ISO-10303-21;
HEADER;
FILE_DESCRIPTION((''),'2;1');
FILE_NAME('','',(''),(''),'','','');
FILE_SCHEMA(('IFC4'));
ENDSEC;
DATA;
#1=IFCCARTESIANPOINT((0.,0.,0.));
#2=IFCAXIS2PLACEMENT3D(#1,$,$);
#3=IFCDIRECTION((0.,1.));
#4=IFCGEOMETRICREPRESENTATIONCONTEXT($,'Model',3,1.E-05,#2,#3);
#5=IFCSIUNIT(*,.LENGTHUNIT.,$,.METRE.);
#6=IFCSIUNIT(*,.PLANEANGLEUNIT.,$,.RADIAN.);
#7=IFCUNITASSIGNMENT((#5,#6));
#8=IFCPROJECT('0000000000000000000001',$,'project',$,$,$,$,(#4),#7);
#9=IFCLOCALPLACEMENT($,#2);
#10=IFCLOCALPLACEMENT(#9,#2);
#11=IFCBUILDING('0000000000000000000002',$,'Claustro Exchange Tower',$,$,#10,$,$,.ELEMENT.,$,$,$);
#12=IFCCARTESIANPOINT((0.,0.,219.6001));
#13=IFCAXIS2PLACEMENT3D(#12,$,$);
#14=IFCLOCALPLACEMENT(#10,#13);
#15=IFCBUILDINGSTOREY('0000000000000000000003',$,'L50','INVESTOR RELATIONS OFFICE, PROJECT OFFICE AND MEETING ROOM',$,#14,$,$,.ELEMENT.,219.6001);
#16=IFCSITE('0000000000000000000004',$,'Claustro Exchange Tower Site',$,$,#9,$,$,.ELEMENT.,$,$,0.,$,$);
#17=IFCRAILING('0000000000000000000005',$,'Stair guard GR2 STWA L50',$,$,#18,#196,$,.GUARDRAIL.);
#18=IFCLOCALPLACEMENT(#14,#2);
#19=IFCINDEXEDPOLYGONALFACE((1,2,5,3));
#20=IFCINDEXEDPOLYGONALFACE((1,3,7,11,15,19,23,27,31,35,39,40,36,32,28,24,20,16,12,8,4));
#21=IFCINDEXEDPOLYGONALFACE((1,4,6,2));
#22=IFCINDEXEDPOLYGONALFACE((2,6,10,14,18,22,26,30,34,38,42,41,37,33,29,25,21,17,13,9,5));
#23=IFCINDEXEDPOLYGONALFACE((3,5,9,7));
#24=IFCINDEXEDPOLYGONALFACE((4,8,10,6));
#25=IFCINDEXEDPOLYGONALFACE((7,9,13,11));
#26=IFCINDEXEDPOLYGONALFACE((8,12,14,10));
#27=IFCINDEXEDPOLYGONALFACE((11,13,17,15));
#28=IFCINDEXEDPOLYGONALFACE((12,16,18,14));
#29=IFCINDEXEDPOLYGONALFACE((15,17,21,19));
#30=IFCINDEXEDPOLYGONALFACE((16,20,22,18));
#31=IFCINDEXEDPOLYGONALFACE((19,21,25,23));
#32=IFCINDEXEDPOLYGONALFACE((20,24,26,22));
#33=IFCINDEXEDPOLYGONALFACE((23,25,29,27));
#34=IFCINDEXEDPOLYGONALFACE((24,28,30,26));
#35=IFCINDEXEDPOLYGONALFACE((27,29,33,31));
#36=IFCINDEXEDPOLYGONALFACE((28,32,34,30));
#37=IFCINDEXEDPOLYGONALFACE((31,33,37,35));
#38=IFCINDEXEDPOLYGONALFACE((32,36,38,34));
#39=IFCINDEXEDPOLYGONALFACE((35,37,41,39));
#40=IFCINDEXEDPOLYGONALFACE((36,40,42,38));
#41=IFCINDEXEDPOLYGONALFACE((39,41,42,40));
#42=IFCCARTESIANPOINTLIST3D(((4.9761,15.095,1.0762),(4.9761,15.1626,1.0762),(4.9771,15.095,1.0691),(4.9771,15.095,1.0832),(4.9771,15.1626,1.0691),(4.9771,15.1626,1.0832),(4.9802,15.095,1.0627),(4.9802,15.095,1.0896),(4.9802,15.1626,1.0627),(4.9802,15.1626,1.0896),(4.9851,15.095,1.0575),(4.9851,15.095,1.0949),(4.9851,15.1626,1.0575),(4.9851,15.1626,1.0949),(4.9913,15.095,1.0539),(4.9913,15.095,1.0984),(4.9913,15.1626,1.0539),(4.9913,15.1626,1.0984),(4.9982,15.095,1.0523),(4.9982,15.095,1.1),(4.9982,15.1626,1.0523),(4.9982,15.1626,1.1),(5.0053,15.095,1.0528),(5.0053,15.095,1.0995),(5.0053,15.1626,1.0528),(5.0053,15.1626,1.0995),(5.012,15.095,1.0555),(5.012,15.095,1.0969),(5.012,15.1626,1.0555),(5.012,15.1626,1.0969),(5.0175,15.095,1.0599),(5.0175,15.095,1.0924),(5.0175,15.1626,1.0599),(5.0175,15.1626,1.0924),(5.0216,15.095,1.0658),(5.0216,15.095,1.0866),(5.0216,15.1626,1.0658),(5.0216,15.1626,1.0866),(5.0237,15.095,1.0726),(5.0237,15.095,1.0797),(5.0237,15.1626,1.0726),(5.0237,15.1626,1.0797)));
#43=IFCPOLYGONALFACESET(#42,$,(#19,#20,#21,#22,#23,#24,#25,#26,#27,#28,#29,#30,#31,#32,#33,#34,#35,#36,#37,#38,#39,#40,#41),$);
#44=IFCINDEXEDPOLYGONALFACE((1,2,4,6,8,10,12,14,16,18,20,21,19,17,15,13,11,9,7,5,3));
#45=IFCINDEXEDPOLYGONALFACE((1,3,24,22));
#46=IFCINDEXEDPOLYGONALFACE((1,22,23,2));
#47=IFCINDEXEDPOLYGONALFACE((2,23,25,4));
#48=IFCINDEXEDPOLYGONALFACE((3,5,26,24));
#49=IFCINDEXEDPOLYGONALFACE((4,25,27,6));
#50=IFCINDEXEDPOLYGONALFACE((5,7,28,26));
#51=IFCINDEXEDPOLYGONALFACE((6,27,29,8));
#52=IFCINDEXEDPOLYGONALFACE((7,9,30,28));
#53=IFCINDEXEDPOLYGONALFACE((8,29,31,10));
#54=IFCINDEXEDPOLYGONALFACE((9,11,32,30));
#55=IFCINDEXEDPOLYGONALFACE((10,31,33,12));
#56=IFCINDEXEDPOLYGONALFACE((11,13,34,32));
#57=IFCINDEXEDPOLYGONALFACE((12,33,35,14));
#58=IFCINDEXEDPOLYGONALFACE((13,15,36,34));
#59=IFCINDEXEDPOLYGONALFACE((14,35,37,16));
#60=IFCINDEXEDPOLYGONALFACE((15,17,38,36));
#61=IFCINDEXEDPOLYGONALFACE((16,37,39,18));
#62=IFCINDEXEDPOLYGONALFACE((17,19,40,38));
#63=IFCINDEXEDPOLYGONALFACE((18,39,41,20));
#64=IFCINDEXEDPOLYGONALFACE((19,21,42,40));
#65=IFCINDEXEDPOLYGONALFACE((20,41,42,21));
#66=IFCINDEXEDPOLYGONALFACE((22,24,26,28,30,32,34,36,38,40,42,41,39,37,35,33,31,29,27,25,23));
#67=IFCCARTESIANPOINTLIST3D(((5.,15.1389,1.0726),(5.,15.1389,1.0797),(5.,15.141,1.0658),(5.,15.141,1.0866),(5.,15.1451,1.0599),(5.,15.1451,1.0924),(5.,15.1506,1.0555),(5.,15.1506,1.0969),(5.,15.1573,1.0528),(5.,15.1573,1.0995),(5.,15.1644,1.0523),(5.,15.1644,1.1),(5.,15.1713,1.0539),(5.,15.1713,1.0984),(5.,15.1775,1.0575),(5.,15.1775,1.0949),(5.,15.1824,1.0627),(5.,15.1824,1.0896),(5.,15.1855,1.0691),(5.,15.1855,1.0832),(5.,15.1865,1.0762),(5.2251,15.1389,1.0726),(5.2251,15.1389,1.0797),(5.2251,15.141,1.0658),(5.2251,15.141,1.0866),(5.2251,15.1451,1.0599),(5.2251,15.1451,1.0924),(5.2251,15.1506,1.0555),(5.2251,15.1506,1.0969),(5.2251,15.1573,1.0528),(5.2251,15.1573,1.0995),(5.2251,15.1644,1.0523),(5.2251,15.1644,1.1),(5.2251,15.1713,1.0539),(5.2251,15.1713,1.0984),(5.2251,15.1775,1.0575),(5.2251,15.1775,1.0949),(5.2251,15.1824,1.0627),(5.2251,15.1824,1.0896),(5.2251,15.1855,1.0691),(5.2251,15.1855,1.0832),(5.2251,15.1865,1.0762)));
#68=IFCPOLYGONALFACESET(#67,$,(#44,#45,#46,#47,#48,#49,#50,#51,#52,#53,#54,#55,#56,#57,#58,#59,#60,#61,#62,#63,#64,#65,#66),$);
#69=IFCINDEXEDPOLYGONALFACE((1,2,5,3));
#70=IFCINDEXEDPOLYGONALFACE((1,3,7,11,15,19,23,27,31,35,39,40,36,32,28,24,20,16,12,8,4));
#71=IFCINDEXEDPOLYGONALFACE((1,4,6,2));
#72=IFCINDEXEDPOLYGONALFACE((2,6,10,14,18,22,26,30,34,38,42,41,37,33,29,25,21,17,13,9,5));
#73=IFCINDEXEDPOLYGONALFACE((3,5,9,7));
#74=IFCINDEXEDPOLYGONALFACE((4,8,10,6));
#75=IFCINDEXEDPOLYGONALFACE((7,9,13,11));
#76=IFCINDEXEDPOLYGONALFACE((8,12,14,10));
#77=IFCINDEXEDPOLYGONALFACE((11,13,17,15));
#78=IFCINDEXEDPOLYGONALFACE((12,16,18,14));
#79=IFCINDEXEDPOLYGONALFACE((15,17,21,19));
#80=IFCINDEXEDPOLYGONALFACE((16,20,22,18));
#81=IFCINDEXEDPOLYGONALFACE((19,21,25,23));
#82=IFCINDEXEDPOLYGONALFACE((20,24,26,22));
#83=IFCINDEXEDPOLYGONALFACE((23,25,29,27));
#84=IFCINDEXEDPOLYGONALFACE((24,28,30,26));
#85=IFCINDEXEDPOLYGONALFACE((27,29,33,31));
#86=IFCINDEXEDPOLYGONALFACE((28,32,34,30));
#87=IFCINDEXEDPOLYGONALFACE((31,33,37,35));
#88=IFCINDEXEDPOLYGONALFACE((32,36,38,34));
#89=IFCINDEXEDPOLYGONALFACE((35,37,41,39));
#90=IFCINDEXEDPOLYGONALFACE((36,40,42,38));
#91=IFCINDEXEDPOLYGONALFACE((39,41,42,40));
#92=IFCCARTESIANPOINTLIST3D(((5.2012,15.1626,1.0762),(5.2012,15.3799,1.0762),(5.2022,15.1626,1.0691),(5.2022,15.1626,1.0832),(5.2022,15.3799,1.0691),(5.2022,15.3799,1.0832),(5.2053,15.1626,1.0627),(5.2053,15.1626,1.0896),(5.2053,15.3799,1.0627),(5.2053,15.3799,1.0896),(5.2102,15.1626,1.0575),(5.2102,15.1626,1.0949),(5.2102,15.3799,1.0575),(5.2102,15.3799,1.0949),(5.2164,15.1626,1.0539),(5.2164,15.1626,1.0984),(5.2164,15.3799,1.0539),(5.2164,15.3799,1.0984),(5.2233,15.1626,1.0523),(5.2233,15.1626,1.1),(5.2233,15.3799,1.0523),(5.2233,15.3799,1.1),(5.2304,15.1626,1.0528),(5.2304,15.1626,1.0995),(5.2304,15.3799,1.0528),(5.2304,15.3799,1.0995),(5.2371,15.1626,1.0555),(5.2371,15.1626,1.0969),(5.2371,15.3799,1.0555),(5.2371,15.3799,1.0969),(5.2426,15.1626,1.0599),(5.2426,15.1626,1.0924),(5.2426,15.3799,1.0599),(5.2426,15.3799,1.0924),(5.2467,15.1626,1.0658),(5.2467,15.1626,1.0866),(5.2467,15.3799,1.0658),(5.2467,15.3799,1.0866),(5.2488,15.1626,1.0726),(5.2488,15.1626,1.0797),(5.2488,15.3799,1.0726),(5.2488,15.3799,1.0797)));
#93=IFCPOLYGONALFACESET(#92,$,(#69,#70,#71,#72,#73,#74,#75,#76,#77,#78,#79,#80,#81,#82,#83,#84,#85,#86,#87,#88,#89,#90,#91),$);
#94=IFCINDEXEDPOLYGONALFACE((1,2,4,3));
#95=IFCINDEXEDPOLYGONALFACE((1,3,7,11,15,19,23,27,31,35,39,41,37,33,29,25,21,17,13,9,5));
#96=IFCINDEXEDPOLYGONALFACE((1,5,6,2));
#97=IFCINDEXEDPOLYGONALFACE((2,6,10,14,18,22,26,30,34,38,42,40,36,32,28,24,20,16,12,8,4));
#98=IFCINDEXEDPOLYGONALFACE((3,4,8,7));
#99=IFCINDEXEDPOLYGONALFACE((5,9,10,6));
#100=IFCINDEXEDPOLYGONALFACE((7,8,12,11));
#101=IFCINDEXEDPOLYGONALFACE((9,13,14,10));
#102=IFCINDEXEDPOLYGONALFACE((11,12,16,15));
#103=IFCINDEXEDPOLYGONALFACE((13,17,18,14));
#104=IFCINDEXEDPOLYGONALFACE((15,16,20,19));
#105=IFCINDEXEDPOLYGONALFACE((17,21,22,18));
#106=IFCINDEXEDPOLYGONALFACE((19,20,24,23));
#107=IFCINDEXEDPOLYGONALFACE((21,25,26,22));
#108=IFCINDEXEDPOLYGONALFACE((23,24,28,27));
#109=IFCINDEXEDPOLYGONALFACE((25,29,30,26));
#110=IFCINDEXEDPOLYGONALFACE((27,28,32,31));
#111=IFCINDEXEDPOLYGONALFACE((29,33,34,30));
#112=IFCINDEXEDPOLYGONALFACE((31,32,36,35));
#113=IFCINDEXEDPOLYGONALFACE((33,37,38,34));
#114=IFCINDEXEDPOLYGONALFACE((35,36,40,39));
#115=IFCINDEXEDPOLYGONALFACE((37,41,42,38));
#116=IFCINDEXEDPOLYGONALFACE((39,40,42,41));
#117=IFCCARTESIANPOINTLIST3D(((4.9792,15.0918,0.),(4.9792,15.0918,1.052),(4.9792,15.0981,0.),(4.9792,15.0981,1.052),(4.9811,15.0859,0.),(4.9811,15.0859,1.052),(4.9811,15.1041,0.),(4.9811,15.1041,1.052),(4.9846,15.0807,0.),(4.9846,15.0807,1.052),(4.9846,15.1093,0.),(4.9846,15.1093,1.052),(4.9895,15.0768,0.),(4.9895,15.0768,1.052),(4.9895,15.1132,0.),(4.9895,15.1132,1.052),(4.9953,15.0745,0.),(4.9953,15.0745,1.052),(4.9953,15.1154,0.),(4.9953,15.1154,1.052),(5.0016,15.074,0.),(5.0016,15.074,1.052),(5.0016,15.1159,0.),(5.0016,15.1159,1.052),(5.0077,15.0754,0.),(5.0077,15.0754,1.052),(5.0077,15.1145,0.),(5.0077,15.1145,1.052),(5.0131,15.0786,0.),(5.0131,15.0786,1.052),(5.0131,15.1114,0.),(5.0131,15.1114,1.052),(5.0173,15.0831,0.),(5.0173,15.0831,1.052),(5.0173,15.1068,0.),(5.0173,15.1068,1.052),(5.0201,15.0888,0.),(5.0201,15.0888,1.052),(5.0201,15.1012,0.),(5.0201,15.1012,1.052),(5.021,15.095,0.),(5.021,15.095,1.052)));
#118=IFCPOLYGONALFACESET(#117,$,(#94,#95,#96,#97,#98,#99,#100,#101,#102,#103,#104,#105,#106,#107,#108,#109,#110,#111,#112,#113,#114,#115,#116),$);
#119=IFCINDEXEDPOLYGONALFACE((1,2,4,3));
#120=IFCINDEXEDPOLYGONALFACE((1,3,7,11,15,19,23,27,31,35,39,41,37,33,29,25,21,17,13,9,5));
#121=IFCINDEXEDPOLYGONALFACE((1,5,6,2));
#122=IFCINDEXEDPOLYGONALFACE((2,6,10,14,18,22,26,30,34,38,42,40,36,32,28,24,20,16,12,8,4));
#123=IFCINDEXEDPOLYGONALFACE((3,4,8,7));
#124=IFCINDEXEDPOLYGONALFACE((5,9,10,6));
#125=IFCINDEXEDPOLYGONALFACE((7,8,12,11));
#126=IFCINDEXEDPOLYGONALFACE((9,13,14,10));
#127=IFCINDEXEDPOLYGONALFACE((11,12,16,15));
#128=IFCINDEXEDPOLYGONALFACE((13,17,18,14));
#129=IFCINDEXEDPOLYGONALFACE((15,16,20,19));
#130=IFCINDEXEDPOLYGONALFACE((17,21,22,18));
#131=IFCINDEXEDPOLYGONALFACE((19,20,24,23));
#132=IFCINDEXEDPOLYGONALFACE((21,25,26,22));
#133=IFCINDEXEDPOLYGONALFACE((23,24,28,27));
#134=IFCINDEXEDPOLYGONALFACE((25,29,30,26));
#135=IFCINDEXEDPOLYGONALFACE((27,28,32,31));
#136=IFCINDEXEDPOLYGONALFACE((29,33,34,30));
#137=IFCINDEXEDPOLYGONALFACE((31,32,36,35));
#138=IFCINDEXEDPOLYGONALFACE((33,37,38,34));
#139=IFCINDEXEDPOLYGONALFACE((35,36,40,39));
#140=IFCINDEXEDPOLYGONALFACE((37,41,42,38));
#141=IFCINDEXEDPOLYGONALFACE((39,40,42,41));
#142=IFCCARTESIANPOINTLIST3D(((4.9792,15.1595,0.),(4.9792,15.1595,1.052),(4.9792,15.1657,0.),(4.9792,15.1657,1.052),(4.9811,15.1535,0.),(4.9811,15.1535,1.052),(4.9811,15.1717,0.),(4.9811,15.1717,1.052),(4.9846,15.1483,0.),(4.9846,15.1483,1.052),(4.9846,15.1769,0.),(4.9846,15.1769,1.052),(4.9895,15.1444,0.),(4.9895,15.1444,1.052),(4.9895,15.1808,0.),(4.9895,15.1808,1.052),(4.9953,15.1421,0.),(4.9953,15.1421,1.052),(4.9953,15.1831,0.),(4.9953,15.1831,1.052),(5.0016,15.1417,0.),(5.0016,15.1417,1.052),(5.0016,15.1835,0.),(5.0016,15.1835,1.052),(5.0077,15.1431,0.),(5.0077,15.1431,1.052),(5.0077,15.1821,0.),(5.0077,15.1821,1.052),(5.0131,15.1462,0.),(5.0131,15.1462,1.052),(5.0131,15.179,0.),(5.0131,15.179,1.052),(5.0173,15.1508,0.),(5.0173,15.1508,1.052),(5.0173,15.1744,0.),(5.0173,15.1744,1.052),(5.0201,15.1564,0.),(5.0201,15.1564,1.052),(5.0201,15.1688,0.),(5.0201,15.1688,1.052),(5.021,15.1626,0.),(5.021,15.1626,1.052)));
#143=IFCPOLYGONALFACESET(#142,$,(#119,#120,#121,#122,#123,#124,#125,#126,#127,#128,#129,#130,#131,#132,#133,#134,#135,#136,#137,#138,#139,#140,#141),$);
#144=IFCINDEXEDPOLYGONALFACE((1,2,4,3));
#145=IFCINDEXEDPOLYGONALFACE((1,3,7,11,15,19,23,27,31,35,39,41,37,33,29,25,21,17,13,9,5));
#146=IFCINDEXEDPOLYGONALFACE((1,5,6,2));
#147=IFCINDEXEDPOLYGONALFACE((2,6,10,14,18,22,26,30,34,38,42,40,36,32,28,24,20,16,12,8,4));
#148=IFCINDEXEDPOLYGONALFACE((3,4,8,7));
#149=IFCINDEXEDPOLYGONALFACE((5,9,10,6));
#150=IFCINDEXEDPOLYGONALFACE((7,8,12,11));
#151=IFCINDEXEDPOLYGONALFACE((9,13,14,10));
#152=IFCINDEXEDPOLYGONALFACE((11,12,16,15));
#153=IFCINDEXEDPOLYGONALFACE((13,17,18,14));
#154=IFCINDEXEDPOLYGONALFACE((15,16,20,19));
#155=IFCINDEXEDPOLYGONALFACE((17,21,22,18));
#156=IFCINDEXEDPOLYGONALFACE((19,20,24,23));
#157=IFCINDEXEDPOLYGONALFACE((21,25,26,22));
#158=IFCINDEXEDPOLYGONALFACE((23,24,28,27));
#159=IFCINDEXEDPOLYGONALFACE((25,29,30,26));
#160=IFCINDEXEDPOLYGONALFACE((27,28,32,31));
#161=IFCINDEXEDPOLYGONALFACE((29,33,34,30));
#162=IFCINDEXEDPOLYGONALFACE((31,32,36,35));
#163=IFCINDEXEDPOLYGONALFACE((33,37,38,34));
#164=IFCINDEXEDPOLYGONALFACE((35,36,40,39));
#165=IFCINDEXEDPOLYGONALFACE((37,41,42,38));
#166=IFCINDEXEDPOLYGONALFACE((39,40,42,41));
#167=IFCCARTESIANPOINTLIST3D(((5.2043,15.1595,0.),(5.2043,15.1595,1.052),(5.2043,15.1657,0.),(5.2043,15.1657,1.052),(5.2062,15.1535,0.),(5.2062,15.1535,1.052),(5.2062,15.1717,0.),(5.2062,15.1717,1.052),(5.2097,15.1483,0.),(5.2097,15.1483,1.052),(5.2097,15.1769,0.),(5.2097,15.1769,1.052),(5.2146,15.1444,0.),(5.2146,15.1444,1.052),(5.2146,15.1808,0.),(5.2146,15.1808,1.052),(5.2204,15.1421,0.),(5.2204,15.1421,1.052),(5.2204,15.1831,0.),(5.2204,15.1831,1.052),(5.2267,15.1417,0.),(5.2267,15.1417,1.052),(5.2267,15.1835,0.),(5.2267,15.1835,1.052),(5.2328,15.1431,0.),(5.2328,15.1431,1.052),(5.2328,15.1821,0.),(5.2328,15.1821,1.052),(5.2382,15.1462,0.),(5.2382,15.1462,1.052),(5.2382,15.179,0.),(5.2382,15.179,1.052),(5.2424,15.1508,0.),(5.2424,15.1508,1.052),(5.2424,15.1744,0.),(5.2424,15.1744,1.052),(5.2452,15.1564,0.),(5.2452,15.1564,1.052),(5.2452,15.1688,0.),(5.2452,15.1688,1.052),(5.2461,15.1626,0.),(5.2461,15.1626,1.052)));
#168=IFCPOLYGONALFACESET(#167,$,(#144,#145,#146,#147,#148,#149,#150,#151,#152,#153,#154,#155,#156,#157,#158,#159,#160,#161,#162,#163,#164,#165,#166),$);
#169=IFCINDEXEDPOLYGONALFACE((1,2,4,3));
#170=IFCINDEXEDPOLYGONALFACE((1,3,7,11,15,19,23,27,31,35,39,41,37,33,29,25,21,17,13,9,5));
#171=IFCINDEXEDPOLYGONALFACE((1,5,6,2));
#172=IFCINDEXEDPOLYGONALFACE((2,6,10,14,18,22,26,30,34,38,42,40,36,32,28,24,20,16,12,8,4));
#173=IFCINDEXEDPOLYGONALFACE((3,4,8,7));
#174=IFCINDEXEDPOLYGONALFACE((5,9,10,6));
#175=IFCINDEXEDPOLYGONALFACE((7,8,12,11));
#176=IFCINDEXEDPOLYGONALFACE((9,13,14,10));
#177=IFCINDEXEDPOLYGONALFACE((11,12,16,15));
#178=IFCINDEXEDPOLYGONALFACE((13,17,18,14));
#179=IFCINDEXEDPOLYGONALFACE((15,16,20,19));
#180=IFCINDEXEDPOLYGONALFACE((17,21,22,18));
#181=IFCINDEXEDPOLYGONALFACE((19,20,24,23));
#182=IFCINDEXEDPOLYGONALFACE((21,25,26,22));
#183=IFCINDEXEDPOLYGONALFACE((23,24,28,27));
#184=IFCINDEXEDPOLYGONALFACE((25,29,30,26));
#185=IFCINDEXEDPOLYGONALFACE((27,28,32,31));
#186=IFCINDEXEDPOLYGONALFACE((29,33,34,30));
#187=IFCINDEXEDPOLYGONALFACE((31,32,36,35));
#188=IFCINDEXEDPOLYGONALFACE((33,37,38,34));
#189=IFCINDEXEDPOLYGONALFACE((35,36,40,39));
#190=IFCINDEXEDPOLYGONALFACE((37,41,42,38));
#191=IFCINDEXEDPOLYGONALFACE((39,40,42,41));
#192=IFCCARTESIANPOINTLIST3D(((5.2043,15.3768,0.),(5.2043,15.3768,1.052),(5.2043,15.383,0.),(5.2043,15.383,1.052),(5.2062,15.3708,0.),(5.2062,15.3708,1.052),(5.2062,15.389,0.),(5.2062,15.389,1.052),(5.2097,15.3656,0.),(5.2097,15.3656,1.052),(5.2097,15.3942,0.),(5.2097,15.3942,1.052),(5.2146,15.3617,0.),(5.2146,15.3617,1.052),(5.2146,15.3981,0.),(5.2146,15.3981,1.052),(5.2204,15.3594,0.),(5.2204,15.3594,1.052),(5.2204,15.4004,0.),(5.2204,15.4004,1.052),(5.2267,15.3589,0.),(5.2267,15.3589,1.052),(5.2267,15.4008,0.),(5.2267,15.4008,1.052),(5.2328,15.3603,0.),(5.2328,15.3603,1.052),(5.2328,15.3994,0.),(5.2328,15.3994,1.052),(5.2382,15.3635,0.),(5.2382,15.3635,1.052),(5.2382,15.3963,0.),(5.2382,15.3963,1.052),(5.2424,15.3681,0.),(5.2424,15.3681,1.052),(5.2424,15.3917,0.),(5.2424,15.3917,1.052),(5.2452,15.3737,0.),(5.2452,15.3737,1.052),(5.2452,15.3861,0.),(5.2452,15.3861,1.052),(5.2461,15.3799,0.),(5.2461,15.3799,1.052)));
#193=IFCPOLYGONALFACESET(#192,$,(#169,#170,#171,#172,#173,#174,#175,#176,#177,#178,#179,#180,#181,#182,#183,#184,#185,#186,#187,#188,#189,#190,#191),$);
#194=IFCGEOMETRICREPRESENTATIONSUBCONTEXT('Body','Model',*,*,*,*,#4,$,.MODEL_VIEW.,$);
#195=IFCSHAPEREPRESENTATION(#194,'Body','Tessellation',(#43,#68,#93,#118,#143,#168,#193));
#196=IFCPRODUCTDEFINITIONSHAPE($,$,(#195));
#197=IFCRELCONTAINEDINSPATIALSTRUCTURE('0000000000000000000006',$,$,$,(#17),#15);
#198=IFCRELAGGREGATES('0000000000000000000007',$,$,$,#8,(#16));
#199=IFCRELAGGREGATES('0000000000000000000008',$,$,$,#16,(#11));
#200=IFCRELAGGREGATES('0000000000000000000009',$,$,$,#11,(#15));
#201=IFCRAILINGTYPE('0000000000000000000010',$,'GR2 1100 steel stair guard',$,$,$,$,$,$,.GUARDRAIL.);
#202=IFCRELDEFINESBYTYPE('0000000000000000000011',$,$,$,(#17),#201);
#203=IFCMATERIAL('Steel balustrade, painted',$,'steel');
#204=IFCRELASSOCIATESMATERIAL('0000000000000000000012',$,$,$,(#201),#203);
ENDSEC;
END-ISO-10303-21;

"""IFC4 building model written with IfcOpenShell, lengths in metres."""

from ifc_helpers import new_model, si_unit, direction, frame, origin, origin_2d, place, context, subcontext, project, spatial, circle, extrude, material, type_object, element, save


model = new_model("IFC4")

# Units and contexts
model_context = context("Model", 3, precision=1e-05, world=origin(), true_north=direction((0.0, 1.0)))
body_context = subcontext(model_context, "Body", "Model", "MODEL_VIEW")
ifc_project = project(units=[si_unit("LENGTHUNIT", "METRE"), si_unit("PLANEANGLEUNIT", "RADIAN")], contexts=[model_context])

# Site, building, storey
site_placement = place(None, origin())
site = spatial("IfcSite", under=ifc_project, at=site_placement, Name="Claustro Exchange Tower Site", CompositionType="ELEMENT", RefElevation=0.0)
building_placement = place(site_placement, origin())
building = spatial("IfcBuilding", under=site, at=building_placement, Name="Claustro Exchange Tower", CompositionType="ELEMENT")
storey_placement = place(building_placement, frame((0.0, 0.0, 219.6001)))
storey = spatial("IfcBuildingStorey", under=building, at=storey_placement, Name="L50", Description="INVESTOR RELATIONS OFFICE, PROJECT OFFICE AND MEETING ROOM", CompositionType="ELEMENT", Elevation=219.6001)

# Railing
ifc_material_1 = material(Name="Steel balustrade, painted", Category="steel")
railing_type_1 = type_object("IfcRailingType", Name="GR2 1100 steel stair guard", PredefinedType="GUARDRAIL", material=ifc_material_1)
railing_1_placement = place(storey_placement, frame((5.0, 15.095, 0.0)))
element("IfcRailing", 1, at=railing_1_placement, inside=storey, type_object=railing_type_1, Name="Stair guard GR2 STWA L50", PredefinedType="GUARDRAIL", context=body_context, shape_type="SweptSolid", body=[
    extrude(circle(Radius=0.0239, at=origin_2d()), frame((0.0, 0.0, 1.0762), z_axis=(0.0, 1.0, 0.0), x_axis=(-1.0, 0.0, 0.0)), (0.0, 0.0, 1.0), 0.0676),
    extrude(circle(Radius=0.0239, at=origin_2d()), frame((0.0, 0.0676, 1.0762), z_axis=(1.0, 0.0, 0.0), x_axis=(0.0, 1.0, 0.0)), (0.0, 0.0, 1.0), 0.2251),
    extrude(circle(Radius=0.0239, at=origin_2d()), frame((0.2251, 0.0676, 1.0762), z_axis=(0.0, 1.0, 0.0), x_axis=(-1.0, 0.0, 0.0)), (0.0, 0.0, 1.0), 0.2173),
    extrude(circle(Radius=0.021, at=origin_2d()), origin(), (0.0, 0.0, 1.0), 1.052),
    extrude(circle(Radius=0.021, at=origin_2d()), frame((0.0, 0.0676, 0.0)), (0.0, 0.0, 1.0), 1.052),
    extrude(circle(Radius=0.021, at=origin_2d()), frame((0.2251, 0.0676, 0.0)), (0.0, 0.0, 1.0), 1.052),
    extrude(circle(Radius=0.021, at=origin_2d()), frame((0.2251, 0.2849, 0.0)), (0.0, 0.0, 1.0), 1.052),
])

save(model, "model.ifc")
